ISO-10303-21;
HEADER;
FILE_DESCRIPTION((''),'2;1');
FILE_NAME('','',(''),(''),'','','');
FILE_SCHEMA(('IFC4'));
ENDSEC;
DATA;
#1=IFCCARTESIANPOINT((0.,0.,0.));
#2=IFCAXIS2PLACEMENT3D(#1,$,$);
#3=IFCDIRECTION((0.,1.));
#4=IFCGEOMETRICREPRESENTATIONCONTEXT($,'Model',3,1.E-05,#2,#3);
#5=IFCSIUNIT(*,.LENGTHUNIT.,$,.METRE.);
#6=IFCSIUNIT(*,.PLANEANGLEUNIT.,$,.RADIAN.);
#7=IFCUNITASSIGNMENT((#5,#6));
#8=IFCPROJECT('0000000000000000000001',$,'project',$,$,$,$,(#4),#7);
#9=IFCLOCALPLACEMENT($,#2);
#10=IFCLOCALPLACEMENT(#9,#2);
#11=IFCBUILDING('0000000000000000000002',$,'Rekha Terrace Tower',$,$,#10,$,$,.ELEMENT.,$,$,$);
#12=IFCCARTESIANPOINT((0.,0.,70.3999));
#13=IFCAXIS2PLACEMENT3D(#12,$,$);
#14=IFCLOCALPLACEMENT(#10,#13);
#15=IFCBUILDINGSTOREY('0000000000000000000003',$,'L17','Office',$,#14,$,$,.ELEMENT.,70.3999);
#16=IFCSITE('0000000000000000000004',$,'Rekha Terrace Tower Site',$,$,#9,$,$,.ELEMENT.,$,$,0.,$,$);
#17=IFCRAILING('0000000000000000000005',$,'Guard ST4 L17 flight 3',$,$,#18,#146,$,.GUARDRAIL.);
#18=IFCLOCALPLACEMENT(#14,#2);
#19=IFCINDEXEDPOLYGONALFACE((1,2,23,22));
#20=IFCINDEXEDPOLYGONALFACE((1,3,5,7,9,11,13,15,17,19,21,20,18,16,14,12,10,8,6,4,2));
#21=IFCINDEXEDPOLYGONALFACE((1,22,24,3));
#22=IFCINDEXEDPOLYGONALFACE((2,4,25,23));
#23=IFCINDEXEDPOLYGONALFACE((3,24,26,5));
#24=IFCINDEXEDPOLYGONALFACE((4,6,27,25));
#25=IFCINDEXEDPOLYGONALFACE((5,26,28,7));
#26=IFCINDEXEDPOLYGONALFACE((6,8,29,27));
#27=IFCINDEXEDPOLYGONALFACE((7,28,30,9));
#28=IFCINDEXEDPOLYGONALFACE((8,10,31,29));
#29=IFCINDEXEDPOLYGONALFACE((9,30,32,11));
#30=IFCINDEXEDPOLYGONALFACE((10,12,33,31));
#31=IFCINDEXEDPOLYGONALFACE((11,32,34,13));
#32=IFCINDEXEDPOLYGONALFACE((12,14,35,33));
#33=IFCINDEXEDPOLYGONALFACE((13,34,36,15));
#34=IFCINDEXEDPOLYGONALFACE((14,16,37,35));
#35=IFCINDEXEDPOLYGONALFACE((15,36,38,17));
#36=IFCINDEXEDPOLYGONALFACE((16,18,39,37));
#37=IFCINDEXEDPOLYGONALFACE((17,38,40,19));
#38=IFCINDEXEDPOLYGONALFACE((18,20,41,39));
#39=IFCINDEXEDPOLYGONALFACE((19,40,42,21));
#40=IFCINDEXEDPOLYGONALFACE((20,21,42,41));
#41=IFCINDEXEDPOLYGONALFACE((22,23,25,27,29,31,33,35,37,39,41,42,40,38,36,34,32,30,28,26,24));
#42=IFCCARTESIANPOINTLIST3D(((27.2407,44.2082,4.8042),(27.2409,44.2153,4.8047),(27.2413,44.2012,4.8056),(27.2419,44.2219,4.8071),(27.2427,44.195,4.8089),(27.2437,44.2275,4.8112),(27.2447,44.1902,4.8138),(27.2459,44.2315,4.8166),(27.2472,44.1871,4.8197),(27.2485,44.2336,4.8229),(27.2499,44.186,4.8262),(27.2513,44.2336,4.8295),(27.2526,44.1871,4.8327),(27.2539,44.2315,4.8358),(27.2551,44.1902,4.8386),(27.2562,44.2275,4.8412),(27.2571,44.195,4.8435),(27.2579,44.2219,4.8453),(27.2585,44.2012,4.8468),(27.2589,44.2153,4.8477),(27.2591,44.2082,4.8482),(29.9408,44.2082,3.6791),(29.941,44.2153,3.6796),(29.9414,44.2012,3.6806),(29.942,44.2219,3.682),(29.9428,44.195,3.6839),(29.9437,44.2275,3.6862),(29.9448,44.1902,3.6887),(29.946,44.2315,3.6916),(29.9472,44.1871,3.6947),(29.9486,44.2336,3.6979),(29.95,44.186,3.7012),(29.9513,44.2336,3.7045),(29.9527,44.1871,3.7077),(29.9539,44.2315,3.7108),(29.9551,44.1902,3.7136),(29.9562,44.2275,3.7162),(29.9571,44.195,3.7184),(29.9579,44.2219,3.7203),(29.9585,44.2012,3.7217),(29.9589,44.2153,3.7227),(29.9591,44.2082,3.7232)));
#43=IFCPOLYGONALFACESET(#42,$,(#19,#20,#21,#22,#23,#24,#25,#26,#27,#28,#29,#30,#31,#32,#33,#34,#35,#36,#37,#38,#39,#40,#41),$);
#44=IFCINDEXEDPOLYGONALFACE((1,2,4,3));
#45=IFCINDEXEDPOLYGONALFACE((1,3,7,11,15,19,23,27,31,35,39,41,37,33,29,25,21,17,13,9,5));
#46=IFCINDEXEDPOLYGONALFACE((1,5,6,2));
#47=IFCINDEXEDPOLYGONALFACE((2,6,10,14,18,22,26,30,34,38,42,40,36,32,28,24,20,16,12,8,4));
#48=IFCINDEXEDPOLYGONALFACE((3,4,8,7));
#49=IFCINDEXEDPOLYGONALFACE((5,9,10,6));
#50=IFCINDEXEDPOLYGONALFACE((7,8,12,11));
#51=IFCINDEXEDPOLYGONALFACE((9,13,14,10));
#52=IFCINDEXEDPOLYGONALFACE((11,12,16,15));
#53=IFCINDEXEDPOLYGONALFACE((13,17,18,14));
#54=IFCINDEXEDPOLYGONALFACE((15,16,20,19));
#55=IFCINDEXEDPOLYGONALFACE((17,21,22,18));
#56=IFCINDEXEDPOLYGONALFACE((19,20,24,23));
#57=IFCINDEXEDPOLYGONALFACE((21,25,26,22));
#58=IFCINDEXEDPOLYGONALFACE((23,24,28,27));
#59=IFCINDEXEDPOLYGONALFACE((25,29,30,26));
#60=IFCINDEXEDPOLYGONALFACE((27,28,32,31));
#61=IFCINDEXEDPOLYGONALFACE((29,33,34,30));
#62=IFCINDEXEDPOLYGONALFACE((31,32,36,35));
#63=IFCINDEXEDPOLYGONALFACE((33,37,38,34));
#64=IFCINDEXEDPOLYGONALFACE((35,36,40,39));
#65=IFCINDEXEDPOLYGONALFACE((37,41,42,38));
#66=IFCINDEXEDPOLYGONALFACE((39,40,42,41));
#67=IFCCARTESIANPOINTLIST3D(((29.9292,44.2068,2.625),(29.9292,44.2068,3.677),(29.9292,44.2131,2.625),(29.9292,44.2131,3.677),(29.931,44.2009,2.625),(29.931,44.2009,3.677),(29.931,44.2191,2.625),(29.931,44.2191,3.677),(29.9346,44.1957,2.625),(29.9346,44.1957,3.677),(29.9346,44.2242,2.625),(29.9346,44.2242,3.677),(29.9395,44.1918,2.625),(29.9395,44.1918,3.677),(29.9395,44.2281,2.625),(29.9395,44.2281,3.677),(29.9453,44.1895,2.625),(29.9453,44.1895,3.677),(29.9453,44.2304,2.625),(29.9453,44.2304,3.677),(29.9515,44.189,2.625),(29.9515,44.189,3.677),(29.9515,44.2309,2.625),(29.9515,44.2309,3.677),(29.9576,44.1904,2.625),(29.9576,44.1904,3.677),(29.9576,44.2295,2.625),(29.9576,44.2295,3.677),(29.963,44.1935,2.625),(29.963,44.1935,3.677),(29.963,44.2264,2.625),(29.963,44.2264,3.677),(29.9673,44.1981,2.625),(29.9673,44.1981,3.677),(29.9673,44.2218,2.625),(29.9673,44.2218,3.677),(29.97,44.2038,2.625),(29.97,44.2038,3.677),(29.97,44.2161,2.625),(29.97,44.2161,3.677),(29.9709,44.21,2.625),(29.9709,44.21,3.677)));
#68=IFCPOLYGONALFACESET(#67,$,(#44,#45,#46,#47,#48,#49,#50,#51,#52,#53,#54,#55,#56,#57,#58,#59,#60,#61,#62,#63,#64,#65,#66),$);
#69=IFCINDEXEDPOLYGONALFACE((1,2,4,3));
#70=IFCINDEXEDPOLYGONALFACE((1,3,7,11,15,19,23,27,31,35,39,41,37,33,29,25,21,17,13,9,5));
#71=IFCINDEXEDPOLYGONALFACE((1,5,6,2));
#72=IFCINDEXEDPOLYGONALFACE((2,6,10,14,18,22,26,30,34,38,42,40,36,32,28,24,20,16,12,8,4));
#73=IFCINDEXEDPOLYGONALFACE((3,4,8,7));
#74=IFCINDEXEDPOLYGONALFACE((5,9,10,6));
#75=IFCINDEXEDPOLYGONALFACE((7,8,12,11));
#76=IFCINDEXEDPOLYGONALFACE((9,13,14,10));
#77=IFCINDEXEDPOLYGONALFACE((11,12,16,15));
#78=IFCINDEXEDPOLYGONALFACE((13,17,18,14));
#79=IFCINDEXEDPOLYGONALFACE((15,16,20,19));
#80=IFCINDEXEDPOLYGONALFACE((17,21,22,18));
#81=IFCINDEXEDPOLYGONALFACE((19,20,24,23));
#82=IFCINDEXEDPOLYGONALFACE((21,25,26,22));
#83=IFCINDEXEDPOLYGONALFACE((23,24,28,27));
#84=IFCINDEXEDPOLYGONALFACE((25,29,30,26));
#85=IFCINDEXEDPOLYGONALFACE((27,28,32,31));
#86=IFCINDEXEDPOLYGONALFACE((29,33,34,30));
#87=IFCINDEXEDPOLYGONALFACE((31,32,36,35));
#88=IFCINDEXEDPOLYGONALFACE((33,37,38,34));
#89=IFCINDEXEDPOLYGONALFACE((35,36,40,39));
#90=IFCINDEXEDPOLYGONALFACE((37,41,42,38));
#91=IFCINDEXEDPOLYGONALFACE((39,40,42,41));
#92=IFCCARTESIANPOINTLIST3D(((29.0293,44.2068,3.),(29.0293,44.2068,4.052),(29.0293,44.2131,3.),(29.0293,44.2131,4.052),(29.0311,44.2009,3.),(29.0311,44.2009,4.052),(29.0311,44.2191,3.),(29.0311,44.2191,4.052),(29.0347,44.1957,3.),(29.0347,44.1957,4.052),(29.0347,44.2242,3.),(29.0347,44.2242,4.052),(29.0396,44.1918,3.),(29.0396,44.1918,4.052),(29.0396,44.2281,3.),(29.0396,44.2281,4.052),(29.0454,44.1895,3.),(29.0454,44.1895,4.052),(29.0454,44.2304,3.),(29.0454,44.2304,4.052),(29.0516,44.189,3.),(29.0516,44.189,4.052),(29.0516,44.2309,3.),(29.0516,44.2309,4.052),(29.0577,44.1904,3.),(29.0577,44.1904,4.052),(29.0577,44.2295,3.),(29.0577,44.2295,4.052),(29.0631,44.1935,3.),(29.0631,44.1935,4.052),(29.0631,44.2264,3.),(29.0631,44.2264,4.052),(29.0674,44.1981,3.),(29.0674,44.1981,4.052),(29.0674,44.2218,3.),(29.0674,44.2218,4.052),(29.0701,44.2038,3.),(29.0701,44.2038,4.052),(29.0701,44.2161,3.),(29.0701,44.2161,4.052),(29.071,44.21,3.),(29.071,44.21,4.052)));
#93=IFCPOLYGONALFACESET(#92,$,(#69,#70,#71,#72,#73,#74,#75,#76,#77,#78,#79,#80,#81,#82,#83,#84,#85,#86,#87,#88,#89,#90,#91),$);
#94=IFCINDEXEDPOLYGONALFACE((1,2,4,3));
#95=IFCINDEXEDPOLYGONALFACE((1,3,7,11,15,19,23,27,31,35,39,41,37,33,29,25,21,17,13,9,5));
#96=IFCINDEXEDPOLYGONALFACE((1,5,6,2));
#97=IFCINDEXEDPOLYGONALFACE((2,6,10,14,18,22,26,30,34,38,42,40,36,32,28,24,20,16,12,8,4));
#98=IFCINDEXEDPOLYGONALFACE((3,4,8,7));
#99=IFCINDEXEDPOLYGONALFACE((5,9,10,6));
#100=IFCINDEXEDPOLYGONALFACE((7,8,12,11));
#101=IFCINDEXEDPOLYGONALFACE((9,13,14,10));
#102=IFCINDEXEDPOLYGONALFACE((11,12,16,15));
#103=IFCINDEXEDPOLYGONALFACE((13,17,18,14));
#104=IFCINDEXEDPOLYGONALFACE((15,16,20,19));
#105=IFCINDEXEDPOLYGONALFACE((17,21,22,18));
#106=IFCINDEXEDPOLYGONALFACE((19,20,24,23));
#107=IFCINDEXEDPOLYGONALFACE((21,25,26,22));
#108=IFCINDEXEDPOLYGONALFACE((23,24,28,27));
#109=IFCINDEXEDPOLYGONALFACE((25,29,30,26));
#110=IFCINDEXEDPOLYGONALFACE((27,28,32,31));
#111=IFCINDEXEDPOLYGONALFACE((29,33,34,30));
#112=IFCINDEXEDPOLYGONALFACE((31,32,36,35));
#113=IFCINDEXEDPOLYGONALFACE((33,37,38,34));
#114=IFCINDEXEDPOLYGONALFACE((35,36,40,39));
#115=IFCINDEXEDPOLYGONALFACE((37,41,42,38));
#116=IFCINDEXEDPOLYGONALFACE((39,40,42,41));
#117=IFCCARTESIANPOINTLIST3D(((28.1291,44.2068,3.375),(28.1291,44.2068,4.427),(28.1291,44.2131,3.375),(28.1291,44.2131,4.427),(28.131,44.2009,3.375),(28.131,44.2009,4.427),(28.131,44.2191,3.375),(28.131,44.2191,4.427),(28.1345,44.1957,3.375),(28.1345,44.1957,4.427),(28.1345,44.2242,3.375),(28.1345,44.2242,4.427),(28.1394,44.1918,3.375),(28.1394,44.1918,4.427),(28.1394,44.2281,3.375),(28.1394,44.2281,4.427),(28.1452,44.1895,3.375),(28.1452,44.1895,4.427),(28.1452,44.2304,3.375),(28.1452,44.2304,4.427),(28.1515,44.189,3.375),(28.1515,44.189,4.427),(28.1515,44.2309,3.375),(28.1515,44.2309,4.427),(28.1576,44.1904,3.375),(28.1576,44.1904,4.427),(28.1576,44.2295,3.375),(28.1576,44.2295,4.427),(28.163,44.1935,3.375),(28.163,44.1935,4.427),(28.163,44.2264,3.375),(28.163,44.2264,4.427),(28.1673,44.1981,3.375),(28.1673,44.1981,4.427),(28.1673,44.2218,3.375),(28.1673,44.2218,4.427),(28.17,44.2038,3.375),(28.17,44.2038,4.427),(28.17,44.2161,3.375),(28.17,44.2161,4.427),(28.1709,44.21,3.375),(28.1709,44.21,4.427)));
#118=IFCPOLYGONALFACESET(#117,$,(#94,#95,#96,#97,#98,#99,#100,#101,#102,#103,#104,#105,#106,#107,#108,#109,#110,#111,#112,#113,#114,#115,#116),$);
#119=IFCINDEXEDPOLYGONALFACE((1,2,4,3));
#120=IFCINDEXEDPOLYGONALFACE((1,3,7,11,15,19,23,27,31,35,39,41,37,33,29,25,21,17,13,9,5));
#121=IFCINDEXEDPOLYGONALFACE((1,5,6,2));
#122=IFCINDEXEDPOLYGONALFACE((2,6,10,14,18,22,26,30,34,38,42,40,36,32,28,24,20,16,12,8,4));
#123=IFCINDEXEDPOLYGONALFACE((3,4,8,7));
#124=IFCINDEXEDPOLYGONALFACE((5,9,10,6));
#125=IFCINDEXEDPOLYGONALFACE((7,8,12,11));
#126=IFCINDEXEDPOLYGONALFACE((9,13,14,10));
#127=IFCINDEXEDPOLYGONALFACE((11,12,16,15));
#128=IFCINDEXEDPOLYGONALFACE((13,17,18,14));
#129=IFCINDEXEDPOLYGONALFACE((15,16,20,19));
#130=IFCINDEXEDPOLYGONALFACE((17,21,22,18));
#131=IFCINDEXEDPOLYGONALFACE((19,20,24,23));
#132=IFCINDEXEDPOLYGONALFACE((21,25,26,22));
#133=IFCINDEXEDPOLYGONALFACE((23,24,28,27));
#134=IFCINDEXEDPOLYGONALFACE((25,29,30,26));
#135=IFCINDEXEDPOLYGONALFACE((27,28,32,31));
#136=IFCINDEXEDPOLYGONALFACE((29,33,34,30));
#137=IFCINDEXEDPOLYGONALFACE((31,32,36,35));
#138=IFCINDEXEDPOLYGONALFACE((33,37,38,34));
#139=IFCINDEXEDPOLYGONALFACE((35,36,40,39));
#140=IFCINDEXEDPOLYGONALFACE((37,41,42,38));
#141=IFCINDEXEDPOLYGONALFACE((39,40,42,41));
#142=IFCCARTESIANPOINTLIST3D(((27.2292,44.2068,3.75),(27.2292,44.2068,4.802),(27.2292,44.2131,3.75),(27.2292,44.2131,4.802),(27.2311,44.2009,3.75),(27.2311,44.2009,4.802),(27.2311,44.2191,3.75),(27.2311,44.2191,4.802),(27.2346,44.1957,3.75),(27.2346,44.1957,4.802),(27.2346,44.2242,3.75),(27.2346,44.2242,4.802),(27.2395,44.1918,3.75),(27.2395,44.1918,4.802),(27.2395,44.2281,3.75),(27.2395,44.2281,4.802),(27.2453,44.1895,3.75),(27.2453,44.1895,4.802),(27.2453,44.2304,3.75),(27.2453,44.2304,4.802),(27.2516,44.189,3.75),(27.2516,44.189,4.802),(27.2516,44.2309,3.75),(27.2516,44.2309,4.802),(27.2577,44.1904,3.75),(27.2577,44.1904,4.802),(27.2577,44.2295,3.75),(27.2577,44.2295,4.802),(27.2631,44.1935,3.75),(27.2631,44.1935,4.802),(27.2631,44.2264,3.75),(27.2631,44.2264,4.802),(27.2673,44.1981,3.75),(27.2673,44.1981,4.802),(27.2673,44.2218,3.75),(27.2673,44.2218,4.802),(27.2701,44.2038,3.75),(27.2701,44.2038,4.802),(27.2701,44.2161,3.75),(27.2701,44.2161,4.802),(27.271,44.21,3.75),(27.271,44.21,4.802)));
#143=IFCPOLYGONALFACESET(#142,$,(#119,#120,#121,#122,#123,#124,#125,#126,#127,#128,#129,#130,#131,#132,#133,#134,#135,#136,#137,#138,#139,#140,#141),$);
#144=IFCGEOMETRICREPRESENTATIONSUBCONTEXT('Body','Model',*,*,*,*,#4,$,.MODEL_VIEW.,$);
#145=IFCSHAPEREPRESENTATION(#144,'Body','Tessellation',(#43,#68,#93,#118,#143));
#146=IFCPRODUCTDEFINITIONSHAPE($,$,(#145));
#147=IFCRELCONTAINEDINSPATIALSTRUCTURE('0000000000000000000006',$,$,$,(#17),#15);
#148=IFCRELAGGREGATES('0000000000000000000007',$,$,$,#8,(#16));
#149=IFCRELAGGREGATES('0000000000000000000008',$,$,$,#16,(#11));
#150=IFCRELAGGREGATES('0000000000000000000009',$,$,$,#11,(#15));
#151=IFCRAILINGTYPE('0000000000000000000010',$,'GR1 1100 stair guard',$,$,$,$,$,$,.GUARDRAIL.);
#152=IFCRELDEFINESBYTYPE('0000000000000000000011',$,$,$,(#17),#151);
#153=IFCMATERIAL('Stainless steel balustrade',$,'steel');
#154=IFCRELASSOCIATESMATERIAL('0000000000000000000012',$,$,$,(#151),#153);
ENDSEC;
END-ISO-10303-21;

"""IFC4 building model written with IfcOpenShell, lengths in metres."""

from ifc_helpers import new_model, si_unit, direction, frame, origin, origin_2d, place, context, subcontext, project, spatial, circle, extrude, material, type_object, element, save


model = new_model("IFC4")

# Units and contexts
model_context = context("Model", 3, precision=1e-05, world=origin(), true_north=direction((0.0, 1.0)))
body_context = subcontext(model_context, "Body", "Model", "MODEL_VIEW")
ifc_project = project(units=[si_unit("LENGTHUNIT", "METRE"), si_unit("PLANEANGLEUNIT", "RADIAN")], contexts=[model_context])

# Site, building, storey
site_placement = place(None, origin())
site = spatial("IfcSite", under=ifc_project, at=site_placement, Name="Rekha Terrace Tower Site", CompositionType="ELEMENT", RefElevation=0.0)
building_placement = place(site_placement, origin())
building = spatial("IfcBuilding", under=site, at=building_placement, Name="Rekha Terrace Tower", CompositionType="ELEMENT")
storey_placement = place(building_placement, frame((0.0, 0.0, 70.3999)))
storey = spatial("IfcBuildingStorey", under=building, at=storey_placement, Name="L17", Description="Office", CompositionType="ELEMENT", Elevation=70.3999)

# Railing
ifc_material_1 = material(Name="Stainless steel balustrade", Category="steel")
railing_type_1 = type_object("IfcRailingType", Name="GR1 1100 stair guard", PredefinedType="GUARDRAIL", material=ifc_material_1)
railing_1_placement = place(storey_placement, frame((29.95, 44.21, 2.625)))
element("IfcRailing", 1, at=railing_1_placement, inside=storey, type_object=railing_type_1, Name="Guard ST4 L17 flight 3", PredefinedType="GUARDRAIL", context=body_context, shape_type="SweptSolid", body=[
    extrude(circle(Radius=0.0239, at=origin_2d()), frame((0.0, 0.0, 1.0762), z_axis=(-0.923074, 0.0, 0.384621), x_axis=(0.0, -1.0, 0.0)), (0.0, 0.0, 1.0), 2.925),
    extrude(circle(Radius=0.021, at=origin_2d()), origin(), (0.0, 0.0, 1.0), 1.052),
    extrude(circle(Radius=0.021, at=origin_2d()), frame((-0.8999, 0.0, 0.375)), (0.0, 0.0, 1.0), 1.052),
    extrude(circle(Radius=0.021, at=origin_2d()), frame((-1.8, 0.0, 0.75)), (0.0, 0.0, 1.0), 1.052),
    extrude(circle(Radius=0.021, at=origin_2d()), frame((-2.7, 0.0, 1.125)), (0.0, 0.0, 1.0), 1.052),
])

save(model, "model.ifc")
